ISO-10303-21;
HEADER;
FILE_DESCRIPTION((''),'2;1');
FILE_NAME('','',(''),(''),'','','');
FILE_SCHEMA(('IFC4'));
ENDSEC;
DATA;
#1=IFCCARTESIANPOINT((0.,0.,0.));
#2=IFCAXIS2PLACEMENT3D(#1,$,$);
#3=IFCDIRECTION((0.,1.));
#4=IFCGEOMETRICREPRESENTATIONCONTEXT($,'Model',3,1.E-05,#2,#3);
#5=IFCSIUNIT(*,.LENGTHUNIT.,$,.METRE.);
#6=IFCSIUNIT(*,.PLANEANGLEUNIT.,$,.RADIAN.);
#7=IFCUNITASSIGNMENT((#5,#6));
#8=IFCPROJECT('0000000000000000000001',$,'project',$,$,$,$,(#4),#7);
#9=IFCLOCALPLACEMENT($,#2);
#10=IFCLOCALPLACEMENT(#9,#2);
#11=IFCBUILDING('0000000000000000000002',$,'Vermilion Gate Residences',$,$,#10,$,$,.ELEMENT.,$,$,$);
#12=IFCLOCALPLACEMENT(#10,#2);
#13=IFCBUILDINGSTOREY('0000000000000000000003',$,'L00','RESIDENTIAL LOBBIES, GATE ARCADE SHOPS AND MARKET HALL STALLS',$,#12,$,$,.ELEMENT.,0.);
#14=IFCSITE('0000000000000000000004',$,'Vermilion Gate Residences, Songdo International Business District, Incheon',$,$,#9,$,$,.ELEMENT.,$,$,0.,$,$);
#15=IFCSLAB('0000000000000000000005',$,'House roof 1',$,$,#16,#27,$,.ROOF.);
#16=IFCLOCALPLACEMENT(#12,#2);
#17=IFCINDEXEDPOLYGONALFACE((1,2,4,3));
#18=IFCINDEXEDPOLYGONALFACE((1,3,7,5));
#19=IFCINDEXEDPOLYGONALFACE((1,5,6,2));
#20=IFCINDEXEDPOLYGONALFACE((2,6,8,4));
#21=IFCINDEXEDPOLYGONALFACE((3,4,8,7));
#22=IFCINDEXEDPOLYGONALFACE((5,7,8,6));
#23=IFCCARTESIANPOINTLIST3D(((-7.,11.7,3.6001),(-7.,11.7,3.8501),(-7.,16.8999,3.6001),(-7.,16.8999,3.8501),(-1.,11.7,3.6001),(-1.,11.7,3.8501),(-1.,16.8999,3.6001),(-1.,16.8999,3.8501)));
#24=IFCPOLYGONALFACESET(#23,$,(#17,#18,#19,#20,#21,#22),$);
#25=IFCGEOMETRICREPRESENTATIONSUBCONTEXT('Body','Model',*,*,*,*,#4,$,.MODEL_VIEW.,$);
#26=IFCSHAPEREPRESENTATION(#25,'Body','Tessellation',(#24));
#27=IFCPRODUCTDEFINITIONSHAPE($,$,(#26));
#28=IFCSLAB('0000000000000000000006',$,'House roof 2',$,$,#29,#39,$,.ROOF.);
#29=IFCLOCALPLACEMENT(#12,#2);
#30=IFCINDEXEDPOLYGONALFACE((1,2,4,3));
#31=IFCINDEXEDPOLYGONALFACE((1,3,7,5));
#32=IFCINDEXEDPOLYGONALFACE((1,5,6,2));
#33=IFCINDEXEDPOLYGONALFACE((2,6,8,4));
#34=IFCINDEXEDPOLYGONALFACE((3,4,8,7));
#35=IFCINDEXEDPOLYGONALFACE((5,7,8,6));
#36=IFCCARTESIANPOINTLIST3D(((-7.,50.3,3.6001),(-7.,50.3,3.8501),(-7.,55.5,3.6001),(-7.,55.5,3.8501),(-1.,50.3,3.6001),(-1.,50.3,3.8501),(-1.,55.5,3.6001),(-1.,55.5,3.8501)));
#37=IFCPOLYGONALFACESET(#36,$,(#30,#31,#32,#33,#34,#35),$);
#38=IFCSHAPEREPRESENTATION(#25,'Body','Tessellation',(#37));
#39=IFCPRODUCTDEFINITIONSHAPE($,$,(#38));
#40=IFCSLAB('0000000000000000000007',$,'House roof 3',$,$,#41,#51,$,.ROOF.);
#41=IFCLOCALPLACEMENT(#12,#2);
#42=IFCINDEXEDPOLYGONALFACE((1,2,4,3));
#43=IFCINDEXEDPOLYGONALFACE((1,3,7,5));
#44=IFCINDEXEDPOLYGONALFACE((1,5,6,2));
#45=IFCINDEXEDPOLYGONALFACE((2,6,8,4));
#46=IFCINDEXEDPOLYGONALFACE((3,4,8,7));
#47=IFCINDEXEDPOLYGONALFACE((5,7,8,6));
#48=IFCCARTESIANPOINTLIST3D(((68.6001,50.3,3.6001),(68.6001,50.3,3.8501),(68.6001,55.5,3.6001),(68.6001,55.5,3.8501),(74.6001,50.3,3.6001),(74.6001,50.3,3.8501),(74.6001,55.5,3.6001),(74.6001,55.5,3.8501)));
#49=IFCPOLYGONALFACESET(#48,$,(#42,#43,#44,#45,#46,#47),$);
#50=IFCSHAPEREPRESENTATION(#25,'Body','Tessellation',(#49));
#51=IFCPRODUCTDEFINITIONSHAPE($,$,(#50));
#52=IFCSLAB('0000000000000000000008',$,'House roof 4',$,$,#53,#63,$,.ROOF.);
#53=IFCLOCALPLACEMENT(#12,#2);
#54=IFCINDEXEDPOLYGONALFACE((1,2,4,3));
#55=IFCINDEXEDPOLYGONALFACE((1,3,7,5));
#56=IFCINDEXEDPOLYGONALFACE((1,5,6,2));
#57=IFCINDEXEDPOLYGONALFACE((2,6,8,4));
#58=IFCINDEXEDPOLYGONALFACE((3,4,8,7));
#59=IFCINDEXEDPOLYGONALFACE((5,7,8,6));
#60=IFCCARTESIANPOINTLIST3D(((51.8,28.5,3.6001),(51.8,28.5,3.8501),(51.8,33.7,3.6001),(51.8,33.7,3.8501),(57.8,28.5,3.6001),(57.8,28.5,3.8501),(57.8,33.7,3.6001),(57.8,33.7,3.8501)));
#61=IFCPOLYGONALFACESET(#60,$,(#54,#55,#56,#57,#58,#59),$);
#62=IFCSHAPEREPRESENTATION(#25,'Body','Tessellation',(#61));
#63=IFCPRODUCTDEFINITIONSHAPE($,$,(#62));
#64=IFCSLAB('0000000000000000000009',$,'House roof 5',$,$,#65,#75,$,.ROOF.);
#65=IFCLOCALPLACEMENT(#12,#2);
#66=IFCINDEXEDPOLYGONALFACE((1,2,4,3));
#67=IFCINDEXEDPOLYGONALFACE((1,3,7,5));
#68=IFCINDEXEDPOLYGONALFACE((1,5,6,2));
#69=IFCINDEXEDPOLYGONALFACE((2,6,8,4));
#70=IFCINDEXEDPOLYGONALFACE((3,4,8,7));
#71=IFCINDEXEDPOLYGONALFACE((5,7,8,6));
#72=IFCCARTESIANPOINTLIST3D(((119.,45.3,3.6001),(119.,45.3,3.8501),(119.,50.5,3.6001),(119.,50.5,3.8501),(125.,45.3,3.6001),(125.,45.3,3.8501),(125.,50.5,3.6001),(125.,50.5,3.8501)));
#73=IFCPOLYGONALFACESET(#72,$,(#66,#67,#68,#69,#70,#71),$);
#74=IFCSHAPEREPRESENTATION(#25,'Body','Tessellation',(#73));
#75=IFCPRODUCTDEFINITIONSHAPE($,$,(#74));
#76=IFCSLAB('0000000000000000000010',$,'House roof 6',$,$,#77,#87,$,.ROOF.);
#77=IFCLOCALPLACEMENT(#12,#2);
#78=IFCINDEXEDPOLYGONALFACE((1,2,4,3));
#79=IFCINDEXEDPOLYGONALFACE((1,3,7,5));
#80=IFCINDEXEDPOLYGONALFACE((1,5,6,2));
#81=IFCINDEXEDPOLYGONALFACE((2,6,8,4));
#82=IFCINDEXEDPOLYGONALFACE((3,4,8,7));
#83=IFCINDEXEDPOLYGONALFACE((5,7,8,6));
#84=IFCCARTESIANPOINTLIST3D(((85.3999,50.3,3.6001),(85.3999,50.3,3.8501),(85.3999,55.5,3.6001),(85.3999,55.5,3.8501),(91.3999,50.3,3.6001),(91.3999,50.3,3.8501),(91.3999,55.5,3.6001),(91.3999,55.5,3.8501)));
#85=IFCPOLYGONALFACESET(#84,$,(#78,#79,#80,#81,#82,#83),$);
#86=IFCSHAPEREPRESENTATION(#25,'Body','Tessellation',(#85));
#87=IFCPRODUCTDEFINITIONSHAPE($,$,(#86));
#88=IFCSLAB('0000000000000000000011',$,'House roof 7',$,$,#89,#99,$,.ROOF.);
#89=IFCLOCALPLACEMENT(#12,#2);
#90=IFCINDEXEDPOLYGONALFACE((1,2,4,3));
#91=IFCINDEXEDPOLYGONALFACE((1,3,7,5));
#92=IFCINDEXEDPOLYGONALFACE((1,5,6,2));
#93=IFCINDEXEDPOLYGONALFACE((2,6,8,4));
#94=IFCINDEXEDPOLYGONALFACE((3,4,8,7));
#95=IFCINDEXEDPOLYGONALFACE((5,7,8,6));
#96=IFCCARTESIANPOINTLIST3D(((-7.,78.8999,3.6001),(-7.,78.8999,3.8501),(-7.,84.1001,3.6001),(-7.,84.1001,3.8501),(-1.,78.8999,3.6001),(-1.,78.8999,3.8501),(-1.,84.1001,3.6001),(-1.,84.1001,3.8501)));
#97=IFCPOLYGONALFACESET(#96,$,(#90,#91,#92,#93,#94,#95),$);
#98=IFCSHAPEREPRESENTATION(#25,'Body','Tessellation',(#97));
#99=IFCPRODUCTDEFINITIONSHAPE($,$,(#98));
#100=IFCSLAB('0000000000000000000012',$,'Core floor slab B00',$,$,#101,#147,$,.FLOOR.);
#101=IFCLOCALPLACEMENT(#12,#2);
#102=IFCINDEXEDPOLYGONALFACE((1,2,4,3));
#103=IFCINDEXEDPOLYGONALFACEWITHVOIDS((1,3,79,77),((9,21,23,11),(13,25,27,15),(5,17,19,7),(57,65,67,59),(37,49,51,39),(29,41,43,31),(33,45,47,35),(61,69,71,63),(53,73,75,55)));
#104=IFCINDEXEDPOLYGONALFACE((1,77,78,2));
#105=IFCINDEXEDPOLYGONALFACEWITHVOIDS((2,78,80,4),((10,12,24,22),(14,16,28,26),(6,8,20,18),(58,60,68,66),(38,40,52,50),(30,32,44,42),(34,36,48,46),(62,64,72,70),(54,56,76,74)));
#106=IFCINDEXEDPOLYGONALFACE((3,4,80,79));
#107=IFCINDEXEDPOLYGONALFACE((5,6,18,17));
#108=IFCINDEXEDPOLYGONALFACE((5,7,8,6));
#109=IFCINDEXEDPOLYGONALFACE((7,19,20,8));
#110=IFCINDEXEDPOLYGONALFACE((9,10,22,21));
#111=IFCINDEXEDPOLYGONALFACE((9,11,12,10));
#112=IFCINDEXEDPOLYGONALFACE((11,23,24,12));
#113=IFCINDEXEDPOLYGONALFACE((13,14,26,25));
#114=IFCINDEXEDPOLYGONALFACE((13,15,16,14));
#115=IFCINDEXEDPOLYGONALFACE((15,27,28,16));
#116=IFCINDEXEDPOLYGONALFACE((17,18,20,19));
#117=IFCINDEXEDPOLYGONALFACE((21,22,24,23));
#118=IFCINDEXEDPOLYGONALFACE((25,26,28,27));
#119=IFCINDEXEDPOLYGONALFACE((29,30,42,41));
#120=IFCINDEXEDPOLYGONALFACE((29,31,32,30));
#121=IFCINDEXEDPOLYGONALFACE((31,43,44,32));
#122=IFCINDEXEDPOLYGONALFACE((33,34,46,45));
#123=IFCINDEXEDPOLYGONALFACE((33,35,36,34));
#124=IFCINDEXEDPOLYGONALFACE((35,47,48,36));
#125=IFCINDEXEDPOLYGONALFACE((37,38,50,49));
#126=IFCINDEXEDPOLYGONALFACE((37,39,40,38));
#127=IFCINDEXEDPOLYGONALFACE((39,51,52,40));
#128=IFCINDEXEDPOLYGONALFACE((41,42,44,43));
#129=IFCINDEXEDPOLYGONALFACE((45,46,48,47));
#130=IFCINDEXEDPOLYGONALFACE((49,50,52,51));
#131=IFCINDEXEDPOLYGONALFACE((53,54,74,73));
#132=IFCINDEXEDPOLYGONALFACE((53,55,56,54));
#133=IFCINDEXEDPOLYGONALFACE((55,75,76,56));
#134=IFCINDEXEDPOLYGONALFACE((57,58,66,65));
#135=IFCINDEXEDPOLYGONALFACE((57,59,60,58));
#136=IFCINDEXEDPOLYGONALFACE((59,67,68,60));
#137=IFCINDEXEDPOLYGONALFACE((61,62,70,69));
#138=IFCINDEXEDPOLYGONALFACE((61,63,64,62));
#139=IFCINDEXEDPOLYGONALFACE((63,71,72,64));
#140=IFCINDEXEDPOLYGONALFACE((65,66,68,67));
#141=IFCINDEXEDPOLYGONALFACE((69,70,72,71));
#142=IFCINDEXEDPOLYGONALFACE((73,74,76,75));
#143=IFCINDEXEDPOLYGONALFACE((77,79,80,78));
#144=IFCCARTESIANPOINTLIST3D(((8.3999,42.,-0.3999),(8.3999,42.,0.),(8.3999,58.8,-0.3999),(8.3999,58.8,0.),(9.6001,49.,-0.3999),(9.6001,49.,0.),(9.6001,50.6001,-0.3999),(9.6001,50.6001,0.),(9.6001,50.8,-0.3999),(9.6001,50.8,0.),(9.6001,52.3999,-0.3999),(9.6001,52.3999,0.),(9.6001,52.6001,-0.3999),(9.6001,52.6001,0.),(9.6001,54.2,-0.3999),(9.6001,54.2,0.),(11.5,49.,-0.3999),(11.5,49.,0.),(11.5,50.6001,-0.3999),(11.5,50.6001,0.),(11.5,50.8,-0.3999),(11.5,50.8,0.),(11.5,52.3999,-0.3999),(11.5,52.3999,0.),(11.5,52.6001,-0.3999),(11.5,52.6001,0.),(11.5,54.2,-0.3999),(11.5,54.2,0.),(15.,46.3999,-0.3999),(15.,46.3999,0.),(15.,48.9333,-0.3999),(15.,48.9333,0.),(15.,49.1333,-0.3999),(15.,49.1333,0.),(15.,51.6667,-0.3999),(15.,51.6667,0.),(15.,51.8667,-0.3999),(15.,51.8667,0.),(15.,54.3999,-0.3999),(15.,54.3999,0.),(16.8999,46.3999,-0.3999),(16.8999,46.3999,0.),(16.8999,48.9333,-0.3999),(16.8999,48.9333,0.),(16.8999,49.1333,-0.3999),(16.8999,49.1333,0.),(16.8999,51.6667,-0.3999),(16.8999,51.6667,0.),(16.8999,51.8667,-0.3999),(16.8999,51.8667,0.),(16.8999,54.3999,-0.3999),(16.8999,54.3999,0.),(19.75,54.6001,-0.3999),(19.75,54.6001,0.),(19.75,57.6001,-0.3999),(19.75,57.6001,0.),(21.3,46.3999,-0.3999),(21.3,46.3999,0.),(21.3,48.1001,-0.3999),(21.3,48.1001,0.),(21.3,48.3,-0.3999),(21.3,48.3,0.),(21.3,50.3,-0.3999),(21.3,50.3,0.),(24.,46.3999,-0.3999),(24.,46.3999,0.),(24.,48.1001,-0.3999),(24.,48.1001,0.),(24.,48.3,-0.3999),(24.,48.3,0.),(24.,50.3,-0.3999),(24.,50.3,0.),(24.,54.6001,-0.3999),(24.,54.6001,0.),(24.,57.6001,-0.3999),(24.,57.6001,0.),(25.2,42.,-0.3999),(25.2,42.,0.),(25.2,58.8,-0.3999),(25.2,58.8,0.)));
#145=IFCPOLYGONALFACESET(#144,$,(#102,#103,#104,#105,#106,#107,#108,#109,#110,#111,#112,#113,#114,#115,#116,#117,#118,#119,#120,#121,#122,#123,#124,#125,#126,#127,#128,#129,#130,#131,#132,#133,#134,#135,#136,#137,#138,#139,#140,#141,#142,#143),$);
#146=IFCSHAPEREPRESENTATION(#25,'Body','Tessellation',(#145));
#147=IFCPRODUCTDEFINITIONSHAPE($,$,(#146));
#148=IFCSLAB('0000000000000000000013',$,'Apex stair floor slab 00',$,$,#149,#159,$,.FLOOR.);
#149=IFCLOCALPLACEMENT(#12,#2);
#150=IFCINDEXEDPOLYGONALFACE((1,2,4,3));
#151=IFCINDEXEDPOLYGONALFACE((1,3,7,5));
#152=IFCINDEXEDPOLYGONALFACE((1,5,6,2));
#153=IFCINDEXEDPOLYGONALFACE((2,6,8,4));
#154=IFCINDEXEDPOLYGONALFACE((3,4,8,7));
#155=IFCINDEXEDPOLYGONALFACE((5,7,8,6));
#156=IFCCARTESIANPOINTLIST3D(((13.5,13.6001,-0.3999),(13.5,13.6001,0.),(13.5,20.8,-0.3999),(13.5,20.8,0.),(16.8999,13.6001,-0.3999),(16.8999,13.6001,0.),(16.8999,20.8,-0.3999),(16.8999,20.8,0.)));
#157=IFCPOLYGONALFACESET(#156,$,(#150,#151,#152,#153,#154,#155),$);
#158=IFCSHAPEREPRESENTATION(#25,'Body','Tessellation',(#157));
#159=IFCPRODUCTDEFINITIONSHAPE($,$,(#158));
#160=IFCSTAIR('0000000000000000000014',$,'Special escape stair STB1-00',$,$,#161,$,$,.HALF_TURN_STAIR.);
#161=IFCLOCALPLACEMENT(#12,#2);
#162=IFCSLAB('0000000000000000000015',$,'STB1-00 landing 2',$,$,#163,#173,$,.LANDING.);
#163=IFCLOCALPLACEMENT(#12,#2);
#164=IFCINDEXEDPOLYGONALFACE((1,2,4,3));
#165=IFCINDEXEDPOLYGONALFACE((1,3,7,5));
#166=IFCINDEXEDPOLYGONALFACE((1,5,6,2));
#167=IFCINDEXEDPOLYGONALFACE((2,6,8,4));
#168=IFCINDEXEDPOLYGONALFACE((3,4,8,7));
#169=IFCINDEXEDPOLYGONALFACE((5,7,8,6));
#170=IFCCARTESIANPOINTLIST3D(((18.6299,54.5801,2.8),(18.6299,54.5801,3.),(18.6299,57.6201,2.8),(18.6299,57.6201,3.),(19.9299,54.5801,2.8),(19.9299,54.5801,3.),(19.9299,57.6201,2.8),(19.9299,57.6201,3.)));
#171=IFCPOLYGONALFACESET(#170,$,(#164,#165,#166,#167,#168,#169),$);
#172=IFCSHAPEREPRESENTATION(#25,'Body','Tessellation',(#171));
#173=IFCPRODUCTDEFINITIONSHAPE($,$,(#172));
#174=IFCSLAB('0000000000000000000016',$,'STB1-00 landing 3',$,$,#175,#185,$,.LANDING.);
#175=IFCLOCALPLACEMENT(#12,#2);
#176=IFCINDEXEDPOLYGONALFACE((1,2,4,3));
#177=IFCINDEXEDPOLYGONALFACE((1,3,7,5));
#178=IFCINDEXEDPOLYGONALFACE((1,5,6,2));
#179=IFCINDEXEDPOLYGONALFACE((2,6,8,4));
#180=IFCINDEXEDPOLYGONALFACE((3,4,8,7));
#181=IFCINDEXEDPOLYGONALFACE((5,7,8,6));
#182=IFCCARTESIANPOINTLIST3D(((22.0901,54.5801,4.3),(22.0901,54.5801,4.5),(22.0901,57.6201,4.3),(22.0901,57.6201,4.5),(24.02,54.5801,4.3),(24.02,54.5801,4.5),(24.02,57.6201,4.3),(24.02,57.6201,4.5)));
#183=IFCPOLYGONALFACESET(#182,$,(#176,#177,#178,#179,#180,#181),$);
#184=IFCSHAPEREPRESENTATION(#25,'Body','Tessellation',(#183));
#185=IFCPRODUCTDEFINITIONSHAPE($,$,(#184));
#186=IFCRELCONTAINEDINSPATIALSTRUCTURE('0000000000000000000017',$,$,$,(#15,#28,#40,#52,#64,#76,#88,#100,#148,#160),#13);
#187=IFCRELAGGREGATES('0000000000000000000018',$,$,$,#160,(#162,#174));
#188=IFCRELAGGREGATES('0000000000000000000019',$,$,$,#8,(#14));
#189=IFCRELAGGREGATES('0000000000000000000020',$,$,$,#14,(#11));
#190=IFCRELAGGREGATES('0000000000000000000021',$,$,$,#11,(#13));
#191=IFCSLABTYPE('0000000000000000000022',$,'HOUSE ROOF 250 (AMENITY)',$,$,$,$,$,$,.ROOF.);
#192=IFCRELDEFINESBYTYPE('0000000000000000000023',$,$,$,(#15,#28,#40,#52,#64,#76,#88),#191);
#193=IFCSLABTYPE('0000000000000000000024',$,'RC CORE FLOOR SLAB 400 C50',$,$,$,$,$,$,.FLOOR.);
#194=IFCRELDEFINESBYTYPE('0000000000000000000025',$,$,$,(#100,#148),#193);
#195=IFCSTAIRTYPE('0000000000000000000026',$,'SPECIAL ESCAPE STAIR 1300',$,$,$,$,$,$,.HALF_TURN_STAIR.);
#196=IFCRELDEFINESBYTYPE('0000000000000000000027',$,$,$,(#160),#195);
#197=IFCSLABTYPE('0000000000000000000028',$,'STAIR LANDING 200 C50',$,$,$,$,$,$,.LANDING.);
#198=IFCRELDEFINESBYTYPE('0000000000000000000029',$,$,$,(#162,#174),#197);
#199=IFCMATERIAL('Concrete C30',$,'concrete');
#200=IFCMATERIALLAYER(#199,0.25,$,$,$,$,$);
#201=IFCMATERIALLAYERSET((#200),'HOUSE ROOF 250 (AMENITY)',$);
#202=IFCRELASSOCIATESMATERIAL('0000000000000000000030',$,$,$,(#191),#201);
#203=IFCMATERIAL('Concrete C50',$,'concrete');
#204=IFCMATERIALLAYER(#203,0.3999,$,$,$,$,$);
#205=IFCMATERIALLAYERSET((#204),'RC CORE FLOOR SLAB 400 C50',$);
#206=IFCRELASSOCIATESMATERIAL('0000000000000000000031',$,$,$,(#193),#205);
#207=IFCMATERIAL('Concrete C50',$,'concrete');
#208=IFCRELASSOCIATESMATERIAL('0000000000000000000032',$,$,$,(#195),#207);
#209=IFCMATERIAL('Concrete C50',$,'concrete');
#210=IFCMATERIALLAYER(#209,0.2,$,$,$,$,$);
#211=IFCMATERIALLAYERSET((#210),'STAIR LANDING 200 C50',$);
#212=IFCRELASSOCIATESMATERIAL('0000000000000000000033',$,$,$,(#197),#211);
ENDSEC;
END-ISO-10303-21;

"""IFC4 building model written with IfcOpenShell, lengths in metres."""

from ifc_helpers import new_model, si_unit, direction, frame, origin, place, context, subcontext, project, spatial, polyline, outline, extrude, material, layer, layer_set, type_object, element, aggregate, save


model = new_model("IFC4")

# Units and contexts
model_context = context("Model", 3, precision=1e-05, world=origin(), true_north=direction((0.0, 1.0)))
body_context = subcontext(model_context, "Body", "Model", "MODEL_VIEW")
ifc_project = project(units=[si_unit("LENGTHUNIT", "METRE"), si_unit("PLANEANGLEUNIT", "RADIAN")], contexts=[model_context])

# Site, building, storey
site_placement = place(None, origin())
site = spatial("IfcSite", under=ifc_project, at=site_placement, Name="Vermilion Gate Residences, Songdo International Business District, Incheon", CompositionType="ELEMENT", RefElevation=0.0)
building_placement = place(site_placement, origin())
building = spatial("IfcBuilding", under=site, at=building_placement, Name="Vermilion Gate Residences", CompositionType="ELEMENT")
storey_placement = place(building_placement, origin())
storey = spatial("IfcBuildingStorey", under=building, at=storey_placement, Name="L00", Description="RESIDENTIAL LOBBIES, GATE ARCADE SHOPS AND MARKET HALL STALLS", CompositionType="ELEMENT", Elevation=0.0)

# Slabs
ifc_material_1 = material(Name="Concrete C30", Category="concrete")
ifc_layer_1 = layer(ifc_material_1, 0.25)
ifc_layer_set_1 = layer_set([ifc_layer_1], Name="HOUSE ROOF 250 (AMENITY)")
slab_type_1 = type_object("IfcSlabType", Name="HOUSE ROOF 250 (AMENITY)", PredefinedType="ROOF", material=ifc_layer_set_1)
slab_1_placement = place(storey_placement, frame((0.0, 0.0, 3.6001)))
element("IfcSlab", 1, at=slab_1_placement, inside=storey, type_object=slab_type_1, Name="House roof 1", PredefinedType="ROOF", context=body_context, shape_type="SweptSolid", body=[
    extrude(outline(polyline([(-1.0, 11.7), (-7.0, 11.7), (-7.0, 16.8999), (-1.0, 16.8999), (-1.0, 11.7)])), origin(), (0.0, 0.0, 1.0), 0.25),
])
slab_2_placement = place(storey_placement, frame((0.0, 0.0, 3.6001)))
element("IfcSlab", 2, at=slab_2_placement, inside=storey, type_object=slab_type_1, Name="House roof 2", PredefinedType="ROOF", context=body_context, shape_type="SweptSolid", body=[
    extrude(outline(polyline([(-7.0, 50.3), (-7.0, 55.5), (-1.0, 55.5), (-1.0, 50.3), (-7.0, 50.3)])), origin(), (0.0, 0.0, 1.0), 0.25),
])
slab_3_placement = place(storey_placement, frame((0.0, 0.0, 3.6001)))
element("IfcSlab", 3, at=slab_3_placement, inside=storey, type_object=slab_type_1, Name="House roof 3", PredefinedType="ROOF", context=body_context, shape_type="SweptSolid", body=[
    extrude(outline(polyline([(68.6001, 50.3), (68.6001, 55.5), (74.6001, 55.5), (74.6001, 50.3), (68.6001, 50.3)])), origin(), (0.0, 0.0, 1.0), 0.25),
])
slab_4_placement = place(storey_placement, frame((0.0, 0.0, 3.6001)))
element("IfcSlab", 4, at=slab_4_placement, inside=storey, type_object=slab_type_1, Name="House roof 4", PredefinedType="ROOF", context=body_context, shape_type="SweptSolid", body=[
    extrude(outline(polyline([(51.8, 28.5), (51.8, 33.7), (57.8, 33.7), (57.8, 28.5), (51.8, 28.5)])), origin(), (0.0, 0.0, 1.0), 0.25),
])
slab_5_placement = place(storey_placement, frame((0.0, 0.0, 3.6001)))
element("IfcSlab", 5, at=slab_5_placement, inside=storey, type_object=slab_type_1, Name="House roof 5", PredefinedType="ROOF", context=body_context, shape_type="SweptSolid", body=[
    extrude(outline(polyline([(119.0, 45.3), (119.0, 50.5), (125.0, 50.5), (125.0, 45.3), (119.0, 45.3)])), origin(), (0.0, 0.0, 1.0), 0.25),
])
slab_6_placement = place(storey_placement, frame((0.0, 0.0, 3.6001)))
element("IfcSlab", 6, at=slab_6_placement, inside=storey, type_object=slab_type_1, Name="House roof 6", PredefinedType="ROOF", context=body_context, shape_type="SweptSolid", body=[
    extrude(outline(polyline([(85.3999, 50.3), (85.3999, 55.5), (91.3999, 55.5), (91.3999, 50.3), (85.3999, 50.3)])), origin(), (0.0, 0.0, 1.0), 0.25),
])
slab_7_placement = place(storey_placement, frame((0.0, 0.0, 3.6001)))
element("IfcSlab", 7, at=slab_7_placement, inside=storey, type_object=slab_type_1, Name="House roof 7", PredefinedType="ROOF", context=body_context, shape_type="SweptSolid", body=[
    extrude(outline(polyline([(-7.0, 78.8999), (-7.0, 84.1001), (-1.0, 84.1001), (-1.0, 78.8999), (-7.0, 78.8999)])), origin(), (0.0, 0.0, 1.0), 0.25),
])
ifc_material_2 = material(Name="Concrete C50", Category="concrete")
ifc_layer_2 = layer(ifc_material_2, 0.3999)
ifc_layer_set_2 = layer_set([ifc_layer_2], Name="RC CORE FLOOR SLAB 400 C50")
slab_type_2 = type_object("IfcSlabType", Name="RC CORE FLOOR SLAB 400 C50", PredefinedType="FLOOR", material=ifc_layer_set_2)
slab_8_placement = place(storey_placement, frame((0.0, 0.0, -0.3999)))
element("IfcSlab", 8, at=slab_8_placement, inside=storey, type_object=slab_type_2, Name="Core floor slab B00", PredefinedType="FLOOR", context=body_context, shape_type="SweptSolid", body=[
    extrude(outline(polyline([(8.3999, 42.0), (25.2, 42.0), (25.2, 58.8), (8.3999, 58.8), (8.3999, 42.0)]), holes=[polyline([(21.3, 48.1001), (24.0, 48.1001), (24.0, 46.3999), (21.3, 46.3999), (21.3, 48.1001)]), polyline([(15.0, 48.9333), (16.8999, 48.9333), (16.8999, 46.3999), (15.0, 46.3999), (15.0, 48.9333)]), polyline([(21.3, 50.3), (24.0, 50.3), (24.0, 48.3), (21.3, 48.3), (21.3, 50.3)]), polyline([(9.6001, 50.6001), (11.5, 50.6001), (11.5, 49.0), (9.6001, 49.0), (9.6001, 50.6001)]), polyline([(15.0, 51.6667), (16.8999, 51.6667), (16.8999, 49.1333), (15.0, 49.1333), (15.0, 51.6667)]), polyline([(9.6001, 52.3999), (11.5, 52.3999), (11.5, 50.8), (9.6001, 50.8), (9.6001, 52.3999)]), polyline([(15.0, 54.3999), (16.8999, 54.3999), (16.8999, 51.8667), (15.0, 51.8667), (15.0, 54.3999)]), polyline([(11.5, 54.2), (11.5, 52.6001), (9.6001, 52.6001), (9.6001, 54.2), (11.5, 54.2)]), polyline([(24.0, 57.6001), (24.0, 54.6001), (19.75, 54.6001), (19.75, 57.6001), (24.0, 57.6001)])]), origin(), (0.0, 0.0, 1.0), 0.3999),
])
slab_9_placement = place(storey_placement, frame((0.0, 0.0, -0.3999)))
element("IfcSlab", 9, at=slab_9_placement, inside=storey, type_object=slab_type_2, Name="Apex stair floor slab 00", PredefinedType="FLOOR", context=body_context, shape_type="SweptSolid", body=[
    extrude(outline(polyline([(16.8999, 13.6001), (16.8999, 20.8), (13.5, 20.8), (13.5, 13.6001), (16.8999, 13.6001)])), origin(), (0.0, 0.0, 1.0), 0.3999),
])

# Stair, slabs
ifc_material_3 = material(Name="Concrete C50", Category="concrete")
stair_type = type_object("IfcStairType", Name="SPECIAL ESCAPE STAIR 1300", PredefinedType="HALF_TURN_STAIR", material=ifc_material_3)
stair_1_placement = place(storey_placement, origin())
stair_1 = element("IfcStair", 10, at=stair_1_placement, inside=storey, type_object=stair_type, Name="Special escape stair STB1-00", PredefinedType="HALF_TURN_STAIR")
ifc_material_4 = material(Name="Concrete C50", Category="concrete")
ifc_layer_3 = layer(ifc_material_4, 0.2)
ifc_layer_set_3 = layer_set([ifc_layer_3], Name="STAIR LANDING 200 C50")
slab_type_3 = type_object("IfcSlabType", Name="STAIR LANDING 200 C50", PredefinedType="LANDING", material=ifc_layer_set_3)
slab_10_placement = place(storey_placement, frame((0.0, 0.0, 2.8)))
slab_10 = element("IfcSlab", 11, at=slab_10_placement, type_object=slab_type_3, Name="STB1-00 landing 2", PredefinedType="LANDING", context=body_context, shape_type="SweptSolid", body=[
    extrude(outline(polyline([(19.9299, 54.5801), (19.9299, 57.6201), (18.6299, 57.6201), (18.6299, 54.5801), (19.9299, 54.5801)])), origin(), (0.0, 0.0, 1.0), 0.2),
])
slab_11_placement = place(storey_placement, frame((0.0, 0.0, 4.3)))
slab_11 = element("IfcSlab", 12, at=slab_11_placement, type_object=slab_type_3, Name="STB1-00 landing 3", PredefinedType="LANDING", context=body_context, shape_type="SweptSolid", body=[
    extrude(outline(polyline([(24.02, 54.5801), (24.02, 57.6201), (22.0901, 57.6201), (22.0901, 54.5801), (24.02, 54.5801)])), origin(), (0.0, 0.0, 1.0), 0.2),
])
aggregate(stair_1, [slab_10, slab_11])

save(model, "model.ifc")
